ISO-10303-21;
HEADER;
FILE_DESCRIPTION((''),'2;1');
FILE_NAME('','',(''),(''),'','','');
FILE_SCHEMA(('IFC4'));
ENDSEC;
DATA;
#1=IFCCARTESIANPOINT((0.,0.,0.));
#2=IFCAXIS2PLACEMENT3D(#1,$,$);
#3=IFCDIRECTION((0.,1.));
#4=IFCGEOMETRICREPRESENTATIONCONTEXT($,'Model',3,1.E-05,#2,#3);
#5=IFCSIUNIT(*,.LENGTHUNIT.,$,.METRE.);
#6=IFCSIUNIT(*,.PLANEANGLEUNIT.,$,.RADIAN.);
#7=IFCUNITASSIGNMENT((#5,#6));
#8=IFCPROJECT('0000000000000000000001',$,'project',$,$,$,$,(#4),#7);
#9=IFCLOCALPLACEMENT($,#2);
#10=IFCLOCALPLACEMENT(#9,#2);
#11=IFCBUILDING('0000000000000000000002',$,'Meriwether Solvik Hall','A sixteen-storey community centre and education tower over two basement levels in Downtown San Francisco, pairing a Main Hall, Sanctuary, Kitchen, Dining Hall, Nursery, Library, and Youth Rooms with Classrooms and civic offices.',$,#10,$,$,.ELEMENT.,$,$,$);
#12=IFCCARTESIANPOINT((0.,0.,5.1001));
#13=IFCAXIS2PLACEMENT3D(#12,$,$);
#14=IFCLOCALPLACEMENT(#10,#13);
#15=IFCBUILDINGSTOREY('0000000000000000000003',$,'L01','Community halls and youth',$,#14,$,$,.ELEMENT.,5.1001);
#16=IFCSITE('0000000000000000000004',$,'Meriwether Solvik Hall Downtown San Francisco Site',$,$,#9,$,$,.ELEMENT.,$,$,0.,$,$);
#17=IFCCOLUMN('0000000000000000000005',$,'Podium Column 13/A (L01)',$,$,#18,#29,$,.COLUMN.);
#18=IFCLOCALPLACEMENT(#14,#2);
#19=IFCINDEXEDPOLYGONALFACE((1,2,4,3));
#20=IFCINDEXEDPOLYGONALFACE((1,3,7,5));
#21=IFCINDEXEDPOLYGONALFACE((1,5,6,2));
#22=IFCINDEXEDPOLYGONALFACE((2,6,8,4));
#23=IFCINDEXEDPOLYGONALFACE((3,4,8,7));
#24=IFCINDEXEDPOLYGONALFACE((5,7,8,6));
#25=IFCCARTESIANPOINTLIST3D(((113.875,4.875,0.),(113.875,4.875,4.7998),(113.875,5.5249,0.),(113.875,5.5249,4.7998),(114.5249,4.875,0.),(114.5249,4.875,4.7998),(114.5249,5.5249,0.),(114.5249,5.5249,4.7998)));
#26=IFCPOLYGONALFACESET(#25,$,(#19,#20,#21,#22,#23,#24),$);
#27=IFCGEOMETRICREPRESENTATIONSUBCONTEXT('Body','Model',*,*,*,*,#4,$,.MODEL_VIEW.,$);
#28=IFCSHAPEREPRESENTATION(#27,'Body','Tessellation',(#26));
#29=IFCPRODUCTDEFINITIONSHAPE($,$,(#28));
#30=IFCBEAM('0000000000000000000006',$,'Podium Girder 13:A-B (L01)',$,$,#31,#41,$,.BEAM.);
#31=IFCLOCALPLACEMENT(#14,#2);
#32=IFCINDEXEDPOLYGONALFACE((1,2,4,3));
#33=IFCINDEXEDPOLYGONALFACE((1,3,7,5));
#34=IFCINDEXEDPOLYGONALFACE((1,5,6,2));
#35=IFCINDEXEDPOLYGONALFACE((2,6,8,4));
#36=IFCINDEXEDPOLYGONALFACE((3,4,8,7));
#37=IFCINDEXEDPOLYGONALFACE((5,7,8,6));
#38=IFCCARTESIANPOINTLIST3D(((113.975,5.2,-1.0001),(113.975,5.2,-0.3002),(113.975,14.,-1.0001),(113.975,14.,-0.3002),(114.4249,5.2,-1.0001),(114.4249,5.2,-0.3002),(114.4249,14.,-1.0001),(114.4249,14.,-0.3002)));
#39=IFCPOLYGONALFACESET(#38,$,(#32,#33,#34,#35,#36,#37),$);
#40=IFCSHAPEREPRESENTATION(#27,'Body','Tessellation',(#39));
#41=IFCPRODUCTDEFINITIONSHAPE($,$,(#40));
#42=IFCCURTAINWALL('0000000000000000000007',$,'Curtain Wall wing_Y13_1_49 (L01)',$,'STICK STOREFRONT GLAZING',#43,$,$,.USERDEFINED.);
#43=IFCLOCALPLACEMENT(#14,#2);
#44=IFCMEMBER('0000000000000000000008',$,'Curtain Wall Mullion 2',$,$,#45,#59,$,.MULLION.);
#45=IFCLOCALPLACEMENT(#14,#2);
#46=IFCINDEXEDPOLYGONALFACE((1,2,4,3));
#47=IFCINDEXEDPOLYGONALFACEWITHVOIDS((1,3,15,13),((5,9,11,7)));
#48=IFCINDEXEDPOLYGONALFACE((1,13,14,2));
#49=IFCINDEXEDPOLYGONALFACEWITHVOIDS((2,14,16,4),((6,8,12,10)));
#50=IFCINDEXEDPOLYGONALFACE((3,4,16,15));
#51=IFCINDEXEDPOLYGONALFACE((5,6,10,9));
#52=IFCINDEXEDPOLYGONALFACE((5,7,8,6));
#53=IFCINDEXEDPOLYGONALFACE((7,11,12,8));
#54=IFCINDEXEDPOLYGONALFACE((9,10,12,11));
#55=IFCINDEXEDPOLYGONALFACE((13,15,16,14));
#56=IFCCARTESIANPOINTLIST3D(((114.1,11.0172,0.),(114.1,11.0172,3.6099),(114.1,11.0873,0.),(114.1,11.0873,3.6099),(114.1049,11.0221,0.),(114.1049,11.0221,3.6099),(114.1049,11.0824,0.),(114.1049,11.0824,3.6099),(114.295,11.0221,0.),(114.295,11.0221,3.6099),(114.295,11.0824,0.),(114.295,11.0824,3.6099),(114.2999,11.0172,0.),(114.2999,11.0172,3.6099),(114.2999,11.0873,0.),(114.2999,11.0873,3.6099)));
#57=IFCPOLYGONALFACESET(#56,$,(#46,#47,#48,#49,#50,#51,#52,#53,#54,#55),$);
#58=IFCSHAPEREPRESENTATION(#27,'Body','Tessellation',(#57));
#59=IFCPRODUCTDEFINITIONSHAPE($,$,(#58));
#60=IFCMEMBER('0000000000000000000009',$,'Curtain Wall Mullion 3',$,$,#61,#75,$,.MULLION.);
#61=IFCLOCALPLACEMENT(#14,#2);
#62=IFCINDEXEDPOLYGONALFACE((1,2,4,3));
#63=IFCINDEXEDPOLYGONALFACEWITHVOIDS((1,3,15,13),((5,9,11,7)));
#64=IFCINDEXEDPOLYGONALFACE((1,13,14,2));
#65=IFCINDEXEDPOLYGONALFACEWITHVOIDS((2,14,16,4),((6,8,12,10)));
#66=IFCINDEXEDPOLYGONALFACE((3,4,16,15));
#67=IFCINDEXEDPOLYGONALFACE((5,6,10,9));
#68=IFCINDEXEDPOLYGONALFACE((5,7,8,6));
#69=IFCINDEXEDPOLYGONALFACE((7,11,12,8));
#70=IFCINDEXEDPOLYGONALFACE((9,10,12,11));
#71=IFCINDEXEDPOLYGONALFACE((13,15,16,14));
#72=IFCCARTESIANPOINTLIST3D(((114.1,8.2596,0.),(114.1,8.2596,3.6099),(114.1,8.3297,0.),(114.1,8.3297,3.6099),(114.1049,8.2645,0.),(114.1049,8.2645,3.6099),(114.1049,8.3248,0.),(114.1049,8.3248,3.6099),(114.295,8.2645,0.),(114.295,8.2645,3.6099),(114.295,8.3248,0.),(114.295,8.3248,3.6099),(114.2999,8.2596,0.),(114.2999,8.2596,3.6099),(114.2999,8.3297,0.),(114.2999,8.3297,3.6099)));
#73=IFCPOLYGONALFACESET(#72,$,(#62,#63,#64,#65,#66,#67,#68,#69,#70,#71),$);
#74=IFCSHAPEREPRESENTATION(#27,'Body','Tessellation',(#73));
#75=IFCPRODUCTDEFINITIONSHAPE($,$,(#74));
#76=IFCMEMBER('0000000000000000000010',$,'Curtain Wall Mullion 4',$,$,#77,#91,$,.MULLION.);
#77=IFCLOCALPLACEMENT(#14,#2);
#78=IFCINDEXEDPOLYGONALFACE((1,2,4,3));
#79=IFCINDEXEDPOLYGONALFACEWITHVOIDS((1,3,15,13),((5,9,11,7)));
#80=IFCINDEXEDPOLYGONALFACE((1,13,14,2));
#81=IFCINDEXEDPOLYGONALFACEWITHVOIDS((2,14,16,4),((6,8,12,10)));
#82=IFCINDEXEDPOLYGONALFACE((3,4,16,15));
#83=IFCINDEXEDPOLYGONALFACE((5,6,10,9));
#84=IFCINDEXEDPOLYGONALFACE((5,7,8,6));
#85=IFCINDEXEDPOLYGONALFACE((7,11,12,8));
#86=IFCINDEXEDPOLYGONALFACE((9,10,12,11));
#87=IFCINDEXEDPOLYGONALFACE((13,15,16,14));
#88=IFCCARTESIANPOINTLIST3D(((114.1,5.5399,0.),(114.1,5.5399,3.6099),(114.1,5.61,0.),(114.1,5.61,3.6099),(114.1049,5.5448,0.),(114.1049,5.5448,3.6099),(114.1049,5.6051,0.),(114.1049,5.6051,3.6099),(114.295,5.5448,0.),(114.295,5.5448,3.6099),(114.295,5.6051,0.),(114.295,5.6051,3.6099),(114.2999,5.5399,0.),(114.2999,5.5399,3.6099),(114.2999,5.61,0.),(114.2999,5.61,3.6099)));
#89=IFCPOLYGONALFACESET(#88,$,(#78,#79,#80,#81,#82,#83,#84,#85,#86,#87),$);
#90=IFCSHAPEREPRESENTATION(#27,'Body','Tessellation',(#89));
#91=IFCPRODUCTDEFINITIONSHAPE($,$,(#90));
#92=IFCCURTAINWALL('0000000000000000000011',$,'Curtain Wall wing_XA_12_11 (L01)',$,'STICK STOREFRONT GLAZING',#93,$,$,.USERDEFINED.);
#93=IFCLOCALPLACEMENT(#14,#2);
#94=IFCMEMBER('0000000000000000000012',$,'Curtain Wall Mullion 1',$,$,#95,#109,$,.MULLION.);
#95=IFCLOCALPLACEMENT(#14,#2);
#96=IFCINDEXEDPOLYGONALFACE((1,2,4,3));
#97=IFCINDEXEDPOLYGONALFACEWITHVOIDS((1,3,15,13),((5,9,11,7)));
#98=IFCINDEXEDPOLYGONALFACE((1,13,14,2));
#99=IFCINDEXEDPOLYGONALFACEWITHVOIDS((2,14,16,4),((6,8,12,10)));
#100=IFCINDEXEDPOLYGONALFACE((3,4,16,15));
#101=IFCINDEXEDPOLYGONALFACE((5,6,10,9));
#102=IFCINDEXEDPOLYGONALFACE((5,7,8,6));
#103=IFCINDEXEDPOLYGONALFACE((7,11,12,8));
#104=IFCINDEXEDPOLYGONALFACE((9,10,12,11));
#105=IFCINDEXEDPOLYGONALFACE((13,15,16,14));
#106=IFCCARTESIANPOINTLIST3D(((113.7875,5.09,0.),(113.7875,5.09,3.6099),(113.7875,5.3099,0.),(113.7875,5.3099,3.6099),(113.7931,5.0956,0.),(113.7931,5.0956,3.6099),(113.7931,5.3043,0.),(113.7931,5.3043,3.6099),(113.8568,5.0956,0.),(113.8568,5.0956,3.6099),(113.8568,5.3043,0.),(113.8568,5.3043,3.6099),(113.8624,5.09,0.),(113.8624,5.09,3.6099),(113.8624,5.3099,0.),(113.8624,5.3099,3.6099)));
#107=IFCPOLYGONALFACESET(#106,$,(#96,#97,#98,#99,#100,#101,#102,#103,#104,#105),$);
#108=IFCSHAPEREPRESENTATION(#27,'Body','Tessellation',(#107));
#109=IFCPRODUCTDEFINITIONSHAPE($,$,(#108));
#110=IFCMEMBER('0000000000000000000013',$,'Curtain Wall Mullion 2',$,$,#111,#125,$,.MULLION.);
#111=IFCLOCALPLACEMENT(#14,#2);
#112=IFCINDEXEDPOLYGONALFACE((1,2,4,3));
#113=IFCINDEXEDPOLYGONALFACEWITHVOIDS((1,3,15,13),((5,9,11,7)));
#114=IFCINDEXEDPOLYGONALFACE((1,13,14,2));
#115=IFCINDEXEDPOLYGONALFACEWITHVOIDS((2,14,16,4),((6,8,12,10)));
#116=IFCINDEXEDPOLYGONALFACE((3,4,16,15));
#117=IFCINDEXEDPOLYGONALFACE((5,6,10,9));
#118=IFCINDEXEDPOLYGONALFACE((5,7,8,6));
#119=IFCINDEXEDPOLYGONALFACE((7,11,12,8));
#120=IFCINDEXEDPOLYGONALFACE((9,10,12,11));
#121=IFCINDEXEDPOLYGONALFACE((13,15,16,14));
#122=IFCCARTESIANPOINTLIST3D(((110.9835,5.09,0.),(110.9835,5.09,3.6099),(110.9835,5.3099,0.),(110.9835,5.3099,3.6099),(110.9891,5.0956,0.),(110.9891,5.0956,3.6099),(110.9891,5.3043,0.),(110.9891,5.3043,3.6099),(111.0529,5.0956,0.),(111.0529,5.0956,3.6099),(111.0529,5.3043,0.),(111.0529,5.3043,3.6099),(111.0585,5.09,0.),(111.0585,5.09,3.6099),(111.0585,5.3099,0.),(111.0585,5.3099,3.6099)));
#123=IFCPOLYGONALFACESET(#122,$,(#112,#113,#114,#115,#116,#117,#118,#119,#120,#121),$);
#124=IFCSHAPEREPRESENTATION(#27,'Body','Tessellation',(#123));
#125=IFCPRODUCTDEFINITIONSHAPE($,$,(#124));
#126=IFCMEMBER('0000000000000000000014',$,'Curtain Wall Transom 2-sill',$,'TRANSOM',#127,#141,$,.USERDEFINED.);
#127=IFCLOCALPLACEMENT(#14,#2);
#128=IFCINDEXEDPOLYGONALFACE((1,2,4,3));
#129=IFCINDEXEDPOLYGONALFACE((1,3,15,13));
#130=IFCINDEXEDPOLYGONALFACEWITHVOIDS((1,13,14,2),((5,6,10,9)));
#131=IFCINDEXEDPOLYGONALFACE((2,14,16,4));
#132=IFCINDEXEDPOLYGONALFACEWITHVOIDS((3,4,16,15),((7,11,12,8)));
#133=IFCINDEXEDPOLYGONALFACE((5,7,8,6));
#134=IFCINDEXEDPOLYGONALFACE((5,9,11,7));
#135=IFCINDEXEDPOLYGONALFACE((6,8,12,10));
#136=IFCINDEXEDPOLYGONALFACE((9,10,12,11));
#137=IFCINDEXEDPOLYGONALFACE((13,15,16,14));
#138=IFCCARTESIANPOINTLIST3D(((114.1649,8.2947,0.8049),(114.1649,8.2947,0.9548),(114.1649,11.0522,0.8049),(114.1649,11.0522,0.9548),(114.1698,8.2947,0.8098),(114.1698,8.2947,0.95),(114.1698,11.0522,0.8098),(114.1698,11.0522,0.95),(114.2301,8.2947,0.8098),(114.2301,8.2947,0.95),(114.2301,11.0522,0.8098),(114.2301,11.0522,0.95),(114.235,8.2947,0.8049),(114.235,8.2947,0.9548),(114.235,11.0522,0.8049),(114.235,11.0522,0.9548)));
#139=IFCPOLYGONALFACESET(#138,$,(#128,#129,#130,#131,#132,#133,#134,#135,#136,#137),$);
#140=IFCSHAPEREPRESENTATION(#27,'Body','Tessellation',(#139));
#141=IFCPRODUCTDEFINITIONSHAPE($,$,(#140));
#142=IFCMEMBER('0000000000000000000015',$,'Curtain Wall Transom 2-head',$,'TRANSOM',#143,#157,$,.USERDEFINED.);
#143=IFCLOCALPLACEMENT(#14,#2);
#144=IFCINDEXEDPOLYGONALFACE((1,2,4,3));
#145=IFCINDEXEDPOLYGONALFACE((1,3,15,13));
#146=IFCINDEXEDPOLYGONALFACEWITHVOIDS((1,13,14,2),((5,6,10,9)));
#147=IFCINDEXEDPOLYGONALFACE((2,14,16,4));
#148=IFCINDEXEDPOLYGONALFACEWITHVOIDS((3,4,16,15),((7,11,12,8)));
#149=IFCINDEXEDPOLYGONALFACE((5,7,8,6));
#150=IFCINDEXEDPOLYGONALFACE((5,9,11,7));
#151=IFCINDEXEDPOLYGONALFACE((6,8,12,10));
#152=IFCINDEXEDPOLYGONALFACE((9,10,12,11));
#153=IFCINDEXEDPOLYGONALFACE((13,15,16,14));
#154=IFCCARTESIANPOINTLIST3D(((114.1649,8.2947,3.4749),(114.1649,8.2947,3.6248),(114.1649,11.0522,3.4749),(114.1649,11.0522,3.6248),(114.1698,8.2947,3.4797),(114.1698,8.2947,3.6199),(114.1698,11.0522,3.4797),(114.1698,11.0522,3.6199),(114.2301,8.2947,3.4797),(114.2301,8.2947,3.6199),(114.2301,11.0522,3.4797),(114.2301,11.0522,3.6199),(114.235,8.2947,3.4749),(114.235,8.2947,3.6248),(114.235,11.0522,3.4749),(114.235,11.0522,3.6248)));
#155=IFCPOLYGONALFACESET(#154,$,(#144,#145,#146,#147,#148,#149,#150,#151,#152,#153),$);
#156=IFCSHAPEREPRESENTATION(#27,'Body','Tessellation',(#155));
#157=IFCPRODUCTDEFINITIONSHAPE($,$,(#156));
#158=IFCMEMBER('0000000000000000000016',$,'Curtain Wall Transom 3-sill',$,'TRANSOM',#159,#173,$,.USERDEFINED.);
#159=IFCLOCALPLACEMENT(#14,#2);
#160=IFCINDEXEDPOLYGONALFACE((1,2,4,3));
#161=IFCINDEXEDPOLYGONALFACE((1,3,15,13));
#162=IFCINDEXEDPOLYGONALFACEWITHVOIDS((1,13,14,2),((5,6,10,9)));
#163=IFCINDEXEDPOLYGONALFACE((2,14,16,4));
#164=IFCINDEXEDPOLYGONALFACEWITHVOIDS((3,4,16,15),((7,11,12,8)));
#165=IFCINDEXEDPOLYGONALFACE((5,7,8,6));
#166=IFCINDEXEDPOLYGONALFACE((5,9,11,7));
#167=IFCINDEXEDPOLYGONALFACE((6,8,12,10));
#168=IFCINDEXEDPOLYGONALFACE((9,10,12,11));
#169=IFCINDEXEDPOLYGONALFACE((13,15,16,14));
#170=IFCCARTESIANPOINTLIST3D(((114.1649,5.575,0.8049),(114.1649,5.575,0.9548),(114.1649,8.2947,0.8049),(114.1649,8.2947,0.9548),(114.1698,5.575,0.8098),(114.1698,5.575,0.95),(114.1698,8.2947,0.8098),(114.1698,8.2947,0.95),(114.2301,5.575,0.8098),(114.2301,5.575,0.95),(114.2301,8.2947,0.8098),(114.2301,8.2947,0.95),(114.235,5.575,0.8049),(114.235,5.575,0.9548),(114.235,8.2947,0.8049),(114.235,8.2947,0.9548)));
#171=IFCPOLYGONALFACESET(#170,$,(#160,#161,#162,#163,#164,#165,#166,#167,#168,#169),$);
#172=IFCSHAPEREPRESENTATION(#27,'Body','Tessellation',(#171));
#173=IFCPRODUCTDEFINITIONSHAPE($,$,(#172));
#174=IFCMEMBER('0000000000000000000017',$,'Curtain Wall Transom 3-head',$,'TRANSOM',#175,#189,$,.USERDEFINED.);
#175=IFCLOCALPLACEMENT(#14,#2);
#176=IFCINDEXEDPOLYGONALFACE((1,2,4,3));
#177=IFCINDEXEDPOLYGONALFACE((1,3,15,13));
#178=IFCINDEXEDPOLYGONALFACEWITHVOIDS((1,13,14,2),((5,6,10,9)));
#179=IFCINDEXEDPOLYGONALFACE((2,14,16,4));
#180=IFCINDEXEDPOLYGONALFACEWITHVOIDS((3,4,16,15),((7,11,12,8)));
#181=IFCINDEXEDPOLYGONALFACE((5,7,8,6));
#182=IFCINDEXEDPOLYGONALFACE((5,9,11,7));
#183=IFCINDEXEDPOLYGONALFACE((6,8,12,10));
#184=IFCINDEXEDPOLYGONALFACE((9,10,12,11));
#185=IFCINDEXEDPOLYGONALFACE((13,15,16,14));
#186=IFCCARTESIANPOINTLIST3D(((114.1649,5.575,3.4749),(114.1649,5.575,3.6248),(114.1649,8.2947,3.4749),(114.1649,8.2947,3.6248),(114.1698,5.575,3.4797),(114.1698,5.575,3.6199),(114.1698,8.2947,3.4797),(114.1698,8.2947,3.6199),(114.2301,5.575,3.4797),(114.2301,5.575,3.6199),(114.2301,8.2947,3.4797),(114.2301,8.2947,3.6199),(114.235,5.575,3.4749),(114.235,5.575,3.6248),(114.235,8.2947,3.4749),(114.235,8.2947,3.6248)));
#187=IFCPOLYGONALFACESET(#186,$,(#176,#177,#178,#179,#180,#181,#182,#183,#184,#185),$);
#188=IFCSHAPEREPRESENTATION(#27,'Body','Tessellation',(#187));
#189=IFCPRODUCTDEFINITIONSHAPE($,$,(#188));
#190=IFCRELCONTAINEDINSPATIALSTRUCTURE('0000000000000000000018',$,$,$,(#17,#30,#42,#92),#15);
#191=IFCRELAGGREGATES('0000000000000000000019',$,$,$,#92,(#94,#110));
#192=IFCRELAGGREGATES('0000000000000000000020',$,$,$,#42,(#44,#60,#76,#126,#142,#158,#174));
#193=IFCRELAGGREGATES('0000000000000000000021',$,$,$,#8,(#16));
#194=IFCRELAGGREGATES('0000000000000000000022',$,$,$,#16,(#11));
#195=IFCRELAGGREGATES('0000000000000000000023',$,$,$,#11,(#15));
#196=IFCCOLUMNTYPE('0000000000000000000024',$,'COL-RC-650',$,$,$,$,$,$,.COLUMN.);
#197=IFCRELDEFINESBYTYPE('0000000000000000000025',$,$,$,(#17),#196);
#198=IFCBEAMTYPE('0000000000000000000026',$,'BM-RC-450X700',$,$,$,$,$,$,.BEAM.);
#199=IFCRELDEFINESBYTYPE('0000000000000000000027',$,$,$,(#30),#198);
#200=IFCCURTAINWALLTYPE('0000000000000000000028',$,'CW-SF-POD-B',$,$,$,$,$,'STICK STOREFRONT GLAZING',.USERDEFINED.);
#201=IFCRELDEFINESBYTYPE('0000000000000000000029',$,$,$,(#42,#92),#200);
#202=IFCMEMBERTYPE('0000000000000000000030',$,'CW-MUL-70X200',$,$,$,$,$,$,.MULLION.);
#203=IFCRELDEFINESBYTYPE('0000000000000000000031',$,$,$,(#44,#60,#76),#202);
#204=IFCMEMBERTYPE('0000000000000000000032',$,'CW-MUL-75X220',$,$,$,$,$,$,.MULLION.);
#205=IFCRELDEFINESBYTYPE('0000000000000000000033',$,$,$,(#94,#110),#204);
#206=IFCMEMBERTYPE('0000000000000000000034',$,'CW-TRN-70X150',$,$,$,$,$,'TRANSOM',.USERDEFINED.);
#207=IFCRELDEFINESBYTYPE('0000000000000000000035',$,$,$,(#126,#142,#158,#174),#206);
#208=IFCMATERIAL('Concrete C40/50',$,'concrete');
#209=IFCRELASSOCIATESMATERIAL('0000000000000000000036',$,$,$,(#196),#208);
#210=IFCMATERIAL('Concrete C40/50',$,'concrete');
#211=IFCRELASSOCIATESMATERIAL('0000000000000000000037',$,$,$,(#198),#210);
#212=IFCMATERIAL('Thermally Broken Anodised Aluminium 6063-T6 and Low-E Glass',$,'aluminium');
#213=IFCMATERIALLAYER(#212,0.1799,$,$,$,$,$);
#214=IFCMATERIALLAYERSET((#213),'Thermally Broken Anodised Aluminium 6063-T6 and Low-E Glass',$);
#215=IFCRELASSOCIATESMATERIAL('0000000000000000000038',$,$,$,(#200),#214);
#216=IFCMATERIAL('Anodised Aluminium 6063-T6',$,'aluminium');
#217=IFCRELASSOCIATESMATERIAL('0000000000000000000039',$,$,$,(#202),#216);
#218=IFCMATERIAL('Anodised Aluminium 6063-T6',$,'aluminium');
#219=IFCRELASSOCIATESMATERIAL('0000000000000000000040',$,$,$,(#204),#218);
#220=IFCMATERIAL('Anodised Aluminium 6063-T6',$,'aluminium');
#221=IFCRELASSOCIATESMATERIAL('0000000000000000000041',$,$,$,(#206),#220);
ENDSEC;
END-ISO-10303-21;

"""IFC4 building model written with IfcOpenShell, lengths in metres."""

from ifc_helpers import new_model, si_unit, direction, frame, origin, origin_2d, place, context, subcontext, project, spatial, rectangle, hollow_rectangle, extrude, material, layer, layer_set, material_profile, profile_set, type_object, element, aggregate, save


model = new_model("IFC4")

# Units and contexts
model_context = context("Model", 3, precision=1e-05, world=origin(), true_north=direction((0.0, 1.0)))
body_context = subcontext(model_context, "Body", "Model", "MODEL_VIEW")
ifc_project = project(units=[si_unit("LENGTHUNIT", "METRE"), si_unit("PLANEANGLEUNIT", "RADIAN")], contexts=[model_context])

# Site, building, storey
site_placement = place(None, origin())
site = spatial("IfcSite", under=ifc_project, at=site_placement, Name="Meriwether Solvik Hall Downtown San Francisco Site", CompositionType="ELEMENT", RefElevation=0.0)
building_placement = place(site_placement, origin())
building = spatial("IfcBuilding", under=site, at=building_placement, Name="Meriwether Solvik Hall", Description="A sixteen-storey community centre and education tower over two basement levels in Downtown San Francisco, pairing a Main Hall, Sanctuary, Kitchen, Dining Hall, Nursery, Library, and Youth Rooms with Classrooms and civic offices.", CompositionType="ELEMENT")
storey_placement = place(building_placement, frame((0.0, 0.0, 5.1001)))
storey = spatial("IfcBuildingStorey", under=building, at=storey_placement, Name="L01", Description="Community halls and youth", CompositionType="ELEMENT", Elevation=5.1001)

# Column
ifc_material_1 = material(Name="Concrete C40/50", Category="concrete")
ifc_material_profile_1 = material_profile(ifc_material_1, rectangle(XDim=0.6499, YDim=0.6499, at=origin_2d()), Name="RCC-650X650")
ifc_profile_set_1 = profile_set([ifc_material_profile_1], Name="Concrete C40/50")
column_type = type_object("IfcColumnType", Name="COL-RC-650", PredefinedType="COLUMN", material=ifc_profile_set_1)
column_placement = place(storey_placement, frame((114.2, 5.2, 0.0), z_axis=(0.0, 0.0, 1.0), x_axis=(1.0, 0.0, 0.0)))
element("IfcColumn", 1, at=column_placement, inside=storey, type_object=column_type, Name="Podium Column 13/A (L01)", PredefinedType="COLUMN", context=body_context, shape_type="SweptSolid", body=[
    extrude(rectangle(XDim=0.6499, YDim=0.6499, at=origin_2d()), origin(), (0.0, 0.0, 1.0), 4.7998),
])

# Beam
ifc_material_2 = material(Name="Concrete C40/50", Category="concrete")
ifc_material_profile_2 = material_profile(ifc_material_2, rectangle(XDim=0.45, YDim=0.7, at=origin_2d()), Name="RCB-450X700")
ifc_profile_set_2 = profile_set([ifc_material_profile_2], Name="Concrete C40/50")
beam_type = type_object("IfcBeamType", Name="BM-RC-450X700", PredefinedType="BEAM", material=ifc_profile_set_2)
beam_placement = place(storey_placement, frame((114.2, 5.2, -0.6501), z_axis=(0.0, 1.0, 0.0), x_axis=(-1.0, 0.0, 0.0)))
element("IfcBeam", 2, at=beam_placement, inside=storey, type_object=beam_type, Name="Podium Girder 13:A-B (L01)", PredefinedType="BEAM", context=body_context, shape_type="SweptSolid", body=[
    extrude(rectangle(XDim=0.45, YDim=0.7, at=origin_2d()), origin(), (0.0, 0.0, 1.0), 8.8),
])

# Curtain walls, members
ifc_material_3 = material(Name="Thermally Broken Anodised Aluminium 6063-T6 and Low-E Glass", Category="aluminium")
ifc_layer_1 = layer(ifc_material_3, 0.1799)
ifc_layer_set_1 = layer_set([ifc_layer_1], Name="Thermally Broken Anodised Aluminium 6063-T6 and Low-E Glass")
curtain_wall_type = type_object("IfcCurtainWallType", Name="CW-SF-POD-B", ElementType="STICK STOREFRONT GLAZING", PredefinedType="USERDEFINED", material=ifc_layer_set_1)
curtain_wall_1_placement = place(storey_placement, origin())
curtain_wall_1 = element("IfcCurtainWall", 3, at=curtain_wall_1_placement, inside=storey, type_object=curtain_wall_type, Name="Curtain Wall wing_Y13_1_49 (L01)", ObjectType="STICK STOREFRONT GLAZING", PredefinedType="USERDEFINED")
ifc_material_4 = material(Name="Anodised Aluminium 6063-T6", Category="aluminium")
ifc_material_profile_3 = material_profile(ifc_material_4, hollow_rectangle(XDim=0.0701, YDim=0.2, WallThickness=0.0049, at=origin_2d()), Name="CWM-70X200")
ifc_profile_set_3 = profile_set([ifc_material_profile_3], Name="Anodised Aluminium 6063-T6")
member_type_1 = type_object("IfcMemberType", Name="CW-MUL-70X200", PredefinedType="MULLION", material=ifc_profile_set_3)
member_1_placement = place(storey_placement, frame((114.2, 11.0522, 0.0), z_axis=(0.0, 0.0, 1.0), x_axis=(0.0, -1.0, 0.0)))
member_1 = element("IfcMember", 4, at=member_1_placement, type_object=member_type_1, Name="Curtain Wall Mullion 2", PredefinedType="MULLION", context=body_context, shape_type="SweptSolid", body=[
    extrude(hollow_rectangle(XDim=0.0701, YDim=0.2, WallThickness=0.0049, at=origin_2d()), origin(), (0.0, 0.0, 1.0), 3.6099),
])
member_2_placement = place(storey_placement, frame((114.2, 8.2947, 0.0), z_axis=(0.0, 0.0, 1.0), x_axis=(0.0, -1.0, 0.0)))
member_2 = element("IfcMember", 5, at=member_2_placement, type_object=member_type_1, Name="Curtain Wall Mullion 3", PredefinedType="MULLION", context=body_context, shape_type="SweptSolid", body=[
    extrude(hollow_rectangle(XDim=0.0701, YDim=0.2, WallThickness=0.0049, at=origin_2d()), origin(), (0.0, 0.0, 1.0), 3.6099),
])
member_3_placement = place(storey_placement, frame((114.2, 5.575, 0.0), z_axis=(0.0, 0.0, 1.0), x_axis=(0.0, -1.0, 0.0)))
member_3 = element("IfcMember", 6, at=member_3_placement, type_object=member_type_1, Name="Curtain Wall Mullion 4", PredefinedType="MULLION", context=body_context, shape_type="SweptSolid", body=[
    extrude(hollow_rectangle(XDim=0.0701, YDim=0.2, WallThickness=0.0049, at=origin_2d()), origin(), (0.0, 0.0, 1.0), 3.6099),
])
curtain_wall_2_placement = place(storey_placement, origin())
curtain_wall_2 = element("IfcCurtainWall", 7, at=curtain_wall_2_placement, inside=storey, type_object=curtain_wall_type, Name="Curtain Wall wing_XA_12_11 (L01)", ObjectType="STICK STOREFRONT GLAZING", PredefinedType="USERDEFINED")
ifc_material_5 = material(Name="Anodised Aluminium 6063-T6", Category="aluminium")
ifc_material_profile_4 = material_profile(ifc_material_5, hollow_rectangle(XDim=0.075, YDim=0.22, WallThickness=0.0056, at=origin_2d()), Name="CWM-75X220")
ifc_profile_set_4 = profile_set([ifc_material_profile_4], Name="Anodised Aluminium 6063-T6")
member_type_2 = type_object("IfcMemberType", Name="CW-MUL-75X220", PredefinedType="MULLION", material=ifc_profile_set_4)
member_4_placement = place(storey_placement, frame((113.825, 5.2, 0.0), z_axis=(0.0, 0.0, 1.0), x_axis=(-1.0, 0.0, 0.0)))
member_4 = element("IfcMember", 8, at=member_4_placement, type_object=member_type_2, Name="Curtain Wall Mullion 1", PredefinedType="MULLION", context=body_context, shape_type="SweptSolid", body=[
    extrude(hollow_rectangle(XDim=0.075, YDim=0.22, WallThickness=0.0056, at=origin_2d()), origin(), (0.0, 0.0, 1.0), 3.6099),
])
member_5_placement = place(storey_placement, frame((111.021, 5.2, 0.0), z_axis=(0.0, 0.0, 1.0), x_axis=(-1.0, 0.0, 0.0)))
member_5 = element("IfcMember", 9, at=member_5_placement, type_object=member_type_2, Name="Curtain Wall Mullion 2", PredefinedType="MULLION", context=body_context, shape_type="SweptSolid", body=[
    extrude(hollow_rectangle(XDim=0.075, YDim=0.22, WallThickness=0.0056, at=origin_2d()), origin(), (0.0, 0.0, 1.0), 3.6099),
])

# Members
ifc_material_6 = material(Name="Anodised Aluminium 6063-T6", Category="aluminium")
ifc_material_profile_5 = material_profile(ifc_material_6, hollow_rectangle(XDim=0.0701, YDim=0.1499, WallThickness=0.0049, at=origin_2d()), Name="CWT-70X150")
ifc_profile_set_5 = profile_set([ifc_material_profile_5], Name="Anodised Aluminium 6063-T6")
member_type_3 = type_object("IfcMemberType", Name="CW-TRN-70X150", ElementType="TRANSOM", PredefinedType="USERDEFINED", material=ifc_profile_set_5)
member_6_placement = place(storey_placement, frame((114.2, 11.0522, 0.8799), z_axis=(0.0, -1.0, 0.0), x_axis=(1.0, 0.0, 0.0)))
member_6 = element("IfcMember", 10, at=member_6_placement, type_object=member_type_3, Name="Curtain Wall Transom 2-sill", ObjectType="TRANSOM", PredefinedType="USERDEFINED", context=body_context, shape_type="SweptSolid", body=[
    extrude(hollow_rectangle(XDim=0.0701, YDim=0.1499, WallThickness=0.0049, at=origin_2d()), origin(), (0.0, 0.0, 1.0), 2.7576),
])
member_7_placement = place(storey_placement, frame((114.2, 11.0522, 3.5498), z_axis=(0.0, -1.0, 0.0), x_axis=(1.0, 0.0, 0.0)))
member_7 = element("IfcMember", 11, at=member_7_placement, type_object=member_type_3, Name="Curtain Wall Transom 2-head", ObjectType="TRANSOM", PredefinedType="USERDEFINED", context=body_context, shape_type="SweptSolid", body=[
    extrude(hollow_rectangle(XDim=0.0701, YDim=0.1499, WallThickness=0.0049, at=origin_2d()), origin(), (0.0, 0.0, 1.0), 2.7576),
])
member_8_placement = place(storey_placement, frame((114.2, 8.2947, 0.8799), z_axis=(0.0, -1.0, 0.0), x_axis=(1.0, 0.0, 0.0)))
member_8 = element("IfcMember", 12, at=member_8_placement, type_object=member_type_3, Name="Curtain Wall Transom 3-sill", ObjectType="TRANSOM", PredefinedType="USERDEFINED", context=body_context, shape_type="SweptSolid", body=[
    extrude(hollow_rectangle(XDim=0.0701, YDim=0.1499, WallThickness=0.0049, at=origin_2d()), origin(), (0.0, 0.0, 1.0), 2.7197),
])
member_9_placement = place(storey_placement, frame((114.2, 8.2947, 3.5498), z_axis=(0.0, -1.0, 0.0), x_axis=(1.0, 0.0, 0.0)))
member_9 = element("IfcMember", 13, at=member_9_placement, type_object=member_type_3, Name="Curtain Wall Transom 3-head", ObjectType="TRANSOM", PredefinedType="USERDEFINED", context=body_context, shape_type="SweptSolid", body=[
    extrude(hollow_rectangle(XDim=0.0701, YDim=0.1499, WallThickness=0.0049, at=origin_2d()), origin(), (0.0, 0.0, 1.0), 2.7197),
])

aggregate(curtain_wall_2, [member_4, member_5])
aggregate(curtain_wall_1, [member_1, member_2, member_3, member_6, member_7, member_8, member_9])

save(model, "model.ifc")
